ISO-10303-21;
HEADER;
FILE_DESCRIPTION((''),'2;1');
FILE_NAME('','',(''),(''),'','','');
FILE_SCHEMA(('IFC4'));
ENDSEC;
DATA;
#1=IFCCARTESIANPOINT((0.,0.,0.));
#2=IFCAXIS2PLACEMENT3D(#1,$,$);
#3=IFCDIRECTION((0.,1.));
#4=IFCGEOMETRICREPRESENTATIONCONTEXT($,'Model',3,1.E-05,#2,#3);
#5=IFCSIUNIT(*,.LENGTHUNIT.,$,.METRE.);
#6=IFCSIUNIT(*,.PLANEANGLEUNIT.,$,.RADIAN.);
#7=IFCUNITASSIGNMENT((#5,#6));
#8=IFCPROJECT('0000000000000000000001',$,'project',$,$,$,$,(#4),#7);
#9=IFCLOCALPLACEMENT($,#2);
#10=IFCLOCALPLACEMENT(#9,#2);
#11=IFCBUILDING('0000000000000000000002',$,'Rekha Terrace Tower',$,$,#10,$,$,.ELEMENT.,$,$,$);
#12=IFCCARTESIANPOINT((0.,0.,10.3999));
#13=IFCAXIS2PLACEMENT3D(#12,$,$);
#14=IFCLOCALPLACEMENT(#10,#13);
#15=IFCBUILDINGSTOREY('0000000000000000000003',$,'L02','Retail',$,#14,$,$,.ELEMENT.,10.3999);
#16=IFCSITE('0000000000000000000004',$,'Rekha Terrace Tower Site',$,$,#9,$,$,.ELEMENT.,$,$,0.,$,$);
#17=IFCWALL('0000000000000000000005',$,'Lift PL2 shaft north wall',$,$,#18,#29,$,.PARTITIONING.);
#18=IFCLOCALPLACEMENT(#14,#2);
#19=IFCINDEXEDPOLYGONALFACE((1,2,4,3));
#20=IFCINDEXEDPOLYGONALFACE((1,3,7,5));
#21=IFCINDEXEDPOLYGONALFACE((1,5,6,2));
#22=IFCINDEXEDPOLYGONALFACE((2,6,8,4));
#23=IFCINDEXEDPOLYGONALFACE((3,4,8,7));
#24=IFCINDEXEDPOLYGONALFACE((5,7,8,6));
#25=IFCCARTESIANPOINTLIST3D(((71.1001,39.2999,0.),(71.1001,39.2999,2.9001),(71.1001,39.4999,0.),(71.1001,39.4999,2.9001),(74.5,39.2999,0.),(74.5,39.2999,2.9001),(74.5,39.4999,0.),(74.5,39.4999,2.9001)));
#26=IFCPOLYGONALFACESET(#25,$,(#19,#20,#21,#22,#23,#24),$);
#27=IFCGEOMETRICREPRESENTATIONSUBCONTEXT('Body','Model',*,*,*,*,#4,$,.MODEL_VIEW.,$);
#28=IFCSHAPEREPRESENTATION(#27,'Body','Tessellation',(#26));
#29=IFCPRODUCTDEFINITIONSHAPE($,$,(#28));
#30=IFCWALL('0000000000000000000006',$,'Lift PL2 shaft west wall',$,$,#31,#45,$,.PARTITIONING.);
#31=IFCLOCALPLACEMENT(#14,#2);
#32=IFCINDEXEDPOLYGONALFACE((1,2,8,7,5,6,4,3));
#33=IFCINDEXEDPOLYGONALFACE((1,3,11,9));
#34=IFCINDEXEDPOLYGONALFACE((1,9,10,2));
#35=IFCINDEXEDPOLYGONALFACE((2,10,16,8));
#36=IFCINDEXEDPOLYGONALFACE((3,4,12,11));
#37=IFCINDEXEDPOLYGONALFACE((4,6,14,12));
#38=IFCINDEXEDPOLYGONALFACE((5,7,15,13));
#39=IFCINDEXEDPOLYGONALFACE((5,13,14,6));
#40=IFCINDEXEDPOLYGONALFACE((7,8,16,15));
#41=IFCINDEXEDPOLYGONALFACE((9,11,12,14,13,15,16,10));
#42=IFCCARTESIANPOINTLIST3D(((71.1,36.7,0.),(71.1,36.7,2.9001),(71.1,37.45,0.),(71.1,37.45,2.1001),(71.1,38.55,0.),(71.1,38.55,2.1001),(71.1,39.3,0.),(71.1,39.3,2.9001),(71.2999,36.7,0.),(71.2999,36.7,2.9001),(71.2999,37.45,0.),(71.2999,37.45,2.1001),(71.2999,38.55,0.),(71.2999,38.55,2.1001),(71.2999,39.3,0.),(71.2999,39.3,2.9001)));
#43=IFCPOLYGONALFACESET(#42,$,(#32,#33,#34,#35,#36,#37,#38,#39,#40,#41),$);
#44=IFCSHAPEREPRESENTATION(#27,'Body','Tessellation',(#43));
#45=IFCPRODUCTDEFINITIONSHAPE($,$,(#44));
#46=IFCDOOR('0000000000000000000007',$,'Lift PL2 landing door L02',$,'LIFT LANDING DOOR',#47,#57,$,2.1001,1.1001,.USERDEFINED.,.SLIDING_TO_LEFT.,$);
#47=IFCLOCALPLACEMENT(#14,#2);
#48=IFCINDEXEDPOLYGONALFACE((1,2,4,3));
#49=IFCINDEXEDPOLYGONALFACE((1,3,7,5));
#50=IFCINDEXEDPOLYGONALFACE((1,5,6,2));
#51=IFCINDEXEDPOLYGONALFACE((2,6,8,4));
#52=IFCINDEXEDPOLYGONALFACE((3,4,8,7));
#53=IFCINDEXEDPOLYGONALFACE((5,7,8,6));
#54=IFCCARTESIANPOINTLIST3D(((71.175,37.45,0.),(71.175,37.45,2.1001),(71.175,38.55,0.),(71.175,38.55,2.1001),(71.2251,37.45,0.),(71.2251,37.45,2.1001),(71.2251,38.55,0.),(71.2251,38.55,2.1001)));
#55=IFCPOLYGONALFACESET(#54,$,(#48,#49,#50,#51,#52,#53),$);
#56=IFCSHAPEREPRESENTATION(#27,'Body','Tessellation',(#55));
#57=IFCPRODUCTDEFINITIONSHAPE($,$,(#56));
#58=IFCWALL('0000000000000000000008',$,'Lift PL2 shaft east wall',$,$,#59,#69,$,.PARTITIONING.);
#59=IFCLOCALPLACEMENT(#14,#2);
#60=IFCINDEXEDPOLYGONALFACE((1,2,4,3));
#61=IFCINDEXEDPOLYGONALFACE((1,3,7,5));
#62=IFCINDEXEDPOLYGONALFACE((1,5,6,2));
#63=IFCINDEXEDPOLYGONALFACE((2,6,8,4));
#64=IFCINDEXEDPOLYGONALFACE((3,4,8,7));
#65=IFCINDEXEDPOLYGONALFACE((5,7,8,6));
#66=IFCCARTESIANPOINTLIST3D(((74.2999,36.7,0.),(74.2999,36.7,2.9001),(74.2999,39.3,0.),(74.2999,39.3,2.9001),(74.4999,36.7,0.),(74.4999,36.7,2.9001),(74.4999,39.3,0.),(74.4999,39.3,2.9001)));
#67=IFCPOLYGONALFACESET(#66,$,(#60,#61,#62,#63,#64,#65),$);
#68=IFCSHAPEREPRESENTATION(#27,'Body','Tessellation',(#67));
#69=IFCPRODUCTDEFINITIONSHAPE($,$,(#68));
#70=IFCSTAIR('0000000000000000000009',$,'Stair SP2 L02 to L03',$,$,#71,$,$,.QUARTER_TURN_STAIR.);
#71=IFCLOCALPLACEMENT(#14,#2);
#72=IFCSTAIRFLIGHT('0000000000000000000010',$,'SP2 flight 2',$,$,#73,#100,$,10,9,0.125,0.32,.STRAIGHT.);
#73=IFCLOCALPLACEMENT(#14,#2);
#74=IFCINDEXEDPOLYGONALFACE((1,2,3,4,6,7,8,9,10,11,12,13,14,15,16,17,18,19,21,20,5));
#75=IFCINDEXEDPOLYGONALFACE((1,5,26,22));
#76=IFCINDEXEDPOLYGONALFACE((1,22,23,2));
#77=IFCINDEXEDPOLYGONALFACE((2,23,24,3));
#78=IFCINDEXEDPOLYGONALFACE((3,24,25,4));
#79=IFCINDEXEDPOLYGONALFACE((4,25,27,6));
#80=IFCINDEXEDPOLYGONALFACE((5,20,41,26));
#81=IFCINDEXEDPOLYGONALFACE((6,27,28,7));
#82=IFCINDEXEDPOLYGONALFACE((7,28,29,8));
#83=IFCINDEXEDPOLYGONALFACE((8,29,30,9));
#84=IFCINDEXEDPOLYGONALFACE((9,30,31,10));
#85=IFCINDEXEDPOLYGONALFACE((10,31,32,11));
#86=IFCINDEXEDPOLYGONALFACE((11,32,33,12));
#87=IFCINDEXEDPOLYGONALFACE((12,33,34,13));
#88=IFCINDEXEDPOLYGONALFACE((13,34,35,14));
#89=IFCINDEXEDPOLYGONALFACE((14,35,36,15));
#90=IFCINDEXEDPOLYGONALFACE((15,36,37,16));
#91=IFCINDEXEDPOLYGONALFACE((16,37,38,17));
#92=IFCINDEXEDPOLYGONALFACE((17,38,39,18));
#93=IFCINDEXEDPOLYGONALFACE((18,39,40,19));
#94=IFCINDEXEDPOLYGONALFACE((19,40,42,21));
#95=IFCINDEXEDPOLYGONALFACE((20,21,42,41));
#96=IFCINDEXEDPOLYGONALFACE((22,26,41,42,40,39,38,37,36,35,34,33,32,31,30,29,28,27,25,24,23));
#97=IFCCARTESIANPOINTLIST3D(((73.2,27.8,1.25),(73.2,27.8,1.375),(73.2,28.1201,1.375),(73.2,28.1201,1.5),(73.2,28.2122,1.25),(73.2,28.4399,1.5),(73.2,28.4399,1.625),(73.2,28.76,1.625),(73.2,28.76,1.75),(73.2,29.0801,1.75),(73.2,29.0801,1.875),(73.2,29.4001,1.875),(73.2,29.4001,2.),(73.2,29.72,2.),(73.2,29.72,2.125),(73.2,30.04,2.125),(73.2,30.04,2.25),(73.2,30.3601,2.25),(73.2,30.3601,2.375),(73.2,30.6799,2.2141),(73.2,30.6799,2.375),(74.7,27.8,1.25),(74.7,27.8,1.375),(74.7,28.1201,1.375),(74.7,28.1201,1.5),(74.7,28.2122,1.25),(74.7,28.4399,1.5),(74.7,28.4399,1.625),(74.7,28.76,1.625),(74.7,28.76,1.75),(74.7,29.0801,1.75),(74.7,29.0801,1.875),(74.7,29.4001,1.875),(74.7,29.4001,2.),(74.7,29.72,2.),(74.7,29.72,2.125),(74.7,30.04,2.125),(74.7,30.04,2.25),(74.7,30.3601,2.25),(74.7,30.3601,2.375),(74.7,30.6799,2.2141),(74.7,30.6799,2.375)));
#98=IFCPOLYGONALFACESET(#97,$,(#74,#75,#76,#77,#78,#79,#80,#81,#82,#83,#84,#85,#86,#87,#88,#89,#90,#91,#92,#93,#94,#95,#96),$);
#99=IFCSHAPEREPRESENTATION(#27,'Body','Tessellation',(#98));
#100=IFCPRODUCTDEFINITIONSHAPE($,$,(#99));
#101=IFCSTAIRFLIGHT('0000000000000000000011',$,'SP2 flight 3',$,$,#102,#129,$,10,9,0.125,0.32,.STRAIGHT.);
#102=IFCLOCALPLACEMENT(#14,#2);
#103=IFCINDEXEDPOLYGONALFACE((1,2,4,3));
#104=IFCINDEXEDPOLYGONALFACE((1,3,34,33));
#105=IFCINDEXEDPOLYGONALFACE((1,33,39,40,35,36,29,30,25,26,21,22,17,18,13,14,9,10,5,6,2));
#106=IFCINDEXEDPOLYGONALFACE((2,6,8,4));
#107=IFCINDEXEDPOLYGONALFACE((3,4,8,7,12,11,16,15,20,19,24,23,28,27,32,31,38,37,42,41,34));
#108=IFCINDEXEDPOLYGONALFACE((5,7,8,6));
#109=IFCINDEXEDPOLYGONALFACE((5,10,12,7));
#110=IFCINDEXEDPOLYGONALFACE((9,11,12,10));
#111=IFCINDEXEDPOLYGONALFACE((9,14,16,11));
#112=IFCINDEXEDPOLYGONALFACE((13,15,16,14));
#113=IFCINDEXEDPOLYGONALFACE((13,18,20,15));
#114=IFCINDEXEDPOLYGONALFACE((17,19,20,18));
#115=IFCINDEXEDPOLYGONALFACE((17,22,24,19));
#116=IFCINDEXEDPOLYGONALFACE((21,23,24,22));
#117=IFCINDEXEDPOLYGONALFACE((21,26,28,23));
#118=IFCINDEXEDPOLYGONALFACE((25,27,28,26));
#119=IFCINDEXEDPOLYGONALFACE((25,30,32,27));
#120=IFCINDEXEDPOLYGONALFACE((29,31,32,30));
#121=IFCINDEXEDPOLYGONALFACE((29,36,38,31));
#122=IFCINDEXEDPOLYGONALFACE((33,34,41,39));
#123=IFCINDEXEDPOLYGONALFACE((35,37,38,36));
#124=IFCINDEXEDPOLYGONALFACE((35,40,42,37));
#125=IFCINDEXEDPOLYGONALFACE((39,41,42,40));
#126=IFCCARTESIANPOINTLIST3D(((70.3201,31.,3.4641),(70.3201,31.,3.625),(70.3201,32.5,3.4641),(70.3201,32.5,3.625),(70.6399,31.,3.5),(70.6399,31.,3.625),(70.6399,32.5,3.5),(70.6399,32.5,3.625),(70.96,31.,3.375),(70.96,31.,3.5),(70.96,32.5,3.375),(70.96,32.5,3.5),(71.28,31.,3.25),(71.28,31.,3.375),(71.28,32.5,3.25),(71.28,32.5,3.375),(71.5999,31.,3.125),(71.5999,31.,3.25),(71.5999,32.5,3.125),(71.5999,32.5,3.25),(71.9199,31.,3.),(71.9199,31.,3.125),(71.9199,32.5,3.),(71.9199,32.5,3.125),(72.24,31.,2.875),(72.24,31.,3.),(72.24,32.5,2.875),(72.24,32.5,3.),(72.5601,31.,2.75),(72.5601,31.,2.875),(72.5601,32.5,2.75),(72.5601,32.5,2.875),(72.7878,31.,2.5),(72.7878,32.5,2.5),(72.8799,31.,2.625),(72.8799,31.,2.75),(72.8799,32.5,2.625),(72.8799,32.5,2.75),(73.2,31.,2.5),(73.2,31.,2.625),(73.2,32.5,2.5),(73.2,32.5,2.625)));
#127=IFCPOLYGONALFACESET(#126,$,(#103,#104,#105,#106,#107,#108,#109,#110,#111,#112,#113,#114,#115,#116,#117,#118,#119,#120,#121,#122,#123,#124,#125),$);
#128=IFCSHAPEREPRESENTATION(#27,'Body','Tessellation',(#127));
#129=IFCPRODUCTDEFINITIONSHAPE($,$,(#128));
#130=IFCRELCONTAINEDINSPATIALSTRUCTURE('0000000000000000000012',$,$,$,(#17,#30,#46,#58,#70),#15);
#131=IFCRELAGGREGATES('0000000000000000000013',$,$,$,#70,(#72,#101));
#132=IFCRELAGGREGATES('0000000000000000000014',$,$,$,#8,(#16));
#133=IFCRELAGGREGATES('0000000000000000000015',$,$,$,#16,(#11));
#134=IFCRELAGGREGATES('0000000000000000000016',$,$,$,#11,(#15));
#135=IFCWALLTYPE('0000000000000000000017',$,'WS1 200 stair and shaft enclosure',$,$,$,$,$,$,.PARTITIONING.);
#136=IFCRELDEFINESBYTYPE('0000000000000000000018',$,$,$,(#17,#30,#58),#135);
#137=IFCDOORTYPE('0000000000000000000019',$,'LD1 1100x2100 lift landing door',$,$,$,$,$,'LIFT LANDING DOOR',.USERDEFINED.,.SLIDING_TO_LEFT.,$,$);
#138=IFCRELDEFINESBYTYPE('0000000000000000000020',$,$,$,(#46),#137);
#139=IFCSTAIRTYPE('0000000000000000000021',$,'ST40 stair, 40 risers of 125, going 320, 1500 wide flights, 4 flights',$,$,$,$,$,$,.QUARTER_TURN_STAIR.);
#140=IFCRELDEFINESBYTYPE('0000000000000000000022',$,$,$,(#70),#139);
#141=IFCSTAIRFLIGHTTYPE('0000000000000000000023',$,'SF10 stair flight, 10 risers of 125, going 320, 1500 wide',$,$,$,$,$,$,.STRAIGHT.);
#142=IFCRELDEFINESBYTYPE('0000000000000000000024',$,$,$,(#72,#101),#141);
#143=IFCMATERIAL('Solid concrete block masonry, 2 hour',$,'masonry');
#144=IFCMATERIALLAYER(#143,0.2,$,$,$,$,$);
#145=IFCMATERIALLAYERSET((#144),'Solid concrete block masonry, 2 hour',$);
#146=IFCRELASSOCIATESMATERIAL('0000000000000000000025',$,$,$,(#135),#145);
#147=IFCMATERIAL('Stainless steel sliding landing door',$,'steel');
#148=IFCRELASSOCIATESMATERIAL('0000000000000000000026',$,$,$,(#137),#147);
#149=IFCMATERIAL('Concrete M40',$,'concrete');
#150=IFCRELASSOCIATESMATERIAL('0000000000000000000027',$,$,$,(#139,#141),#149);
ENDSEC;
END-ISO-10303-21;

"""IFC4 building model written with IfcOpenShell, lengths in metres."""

from ifc_helpers import new_model, si_unit, direction, frame, frame_2d, origin, place, context, subcontext, project, spatial, polyline, rectangle, outline, extrude, material, layer, layer_set, type_object, element, fill, aggregate, save


model = new_model("IFC4")

# Units and contexts
model_context = context("Model", 3, precision=1e-05, world=origin(), true_north=direction((0.0, 1.0)))
body_context = subcontext(model_context, "Body", "Model", "MODEL_VIEW")
ifc_project = project(units=[si_unit("LENGTHUNIT", "METRE"), si_unit("PLANEANGLEUNIT", "RADIAN")], contexts=[model_context])

# Site, building, storey
site_placement = place(None, origin())
site = spatial("IfcSite", under=ifc_project, at=site_placement, Name="Rekha Terrace Tower Site", CompositionType="ELEMENT", RefElevation=0.0)
building_placement = place(site_placement, origin())
building = spatial("IfcBuilding", under=site, at=building_placement, Name="Rekha Terrace Tower", CompositionType="ELEMENT")
storey_placement = place(building_placement, frame((0.0, 0.0, 10.3999)))
storey = spatial("IfcBuildingStorey", under=building, at=storey_placement, Name="L02", Description="Retail", CompositionType="ELEMENT", Elevation=10.3999)

# Wall
ifc_material_1 = material(Name="Solid concrete block masonry, 2 hour", Category="masonry")
ifc_layer_1 = layer(ifc_material_1, 0.2)
ifc_layer_set_1 = layer_set([ifc_layer_1], Name="Solid concrete block masonry, 2 hour")
wall_type = type_object("IfcWallType", Name="WS1 200 stair and shaft enclosure", PredefinedType="PARTITIONING", material=ifc_layer_set_1)
wall_1_placement = place(storey_placement, frame((71.1001, 39.3999, 0.0), z_axis=(0.0, 0.0, 1.0), x_axis=(1.0, 0.0, 0.0)))
element("IfcWall", 1, at=wall_1_placement, inside=storey, type_object=wall_type, Name="Lift PL2 shaft north wall", PredefinedType="PARTITIONING", context=body_context, shape_type="SweptSolid", body=[
    extrude(rectangle(XDim=3.3999, YDim=0.2, at=frame_2d((1.7, 0.0))), origin(), (0.0, 0.0, 1.0), 2.9001),
])

# Wall, opening, door
wall_2_placement = place(storey_placement, frame((71.2, 36.7, 0.0), z_axis=(0.0, 0.0, 1.0), x_axis=(0.0, 1.0, 0.0)))
wall_2 = element("IfcWall", 2, at=wall_2_placement, inside=storey, type_object=wall_type, Name="Lift PL2 shaft west wall", PredefinedType="PARTITIONING", context=body_context, shape_type="SweptSolid", body=[
    extrude(rectangle(XDim=2.6001, YDim=0.2, at=frame_2d((1.3, 0.0))), origin(), (0.0, 0.0, 1.0), 2.9001),
])
opening_placement = place(wall_2_placement, frame((0.75, 0.0, 0.0)))
opening = element("IfcOpeningElement", 3, at=opening_placement, cuts=wall_2, PredefinedType="OPENING", context=body_context, shape_type="SweptSolid", body=[
    extrude(rectangle(XDim=1.1001, YDim=2.1001, at=frame_2d((0.55, 1.05))), frame((0.0, 0.1099, 0.0), z_axis=(0.0, -1.0, 0.0), x_axis=(1.0, 0.0, 0.0)), (0.0, 0.0, 1.0), 0.22),
])
ifc_material_2 = material(Name="Stainless steel sliding landing door", Category="steel")
door_type = type_object("IfcDoorType", Name="LD1 1100x2100 lift landing door", ElementType="LIFT LANDING DOOR", OperationType="SLIDING_TO_LEFT", PredefinedType="USERDEFINED", material=ifc_material_2)
door_placement = place(opening_placement, origin())
door = element("IfcDoor", 4, at=door_placement, inside=storey, type_object=door_type, Name="Lift PL2 landing door L02", ObjectType="LIFT LANDING DOOR", OperationType="SLIDING_TO_LEFT", OverallHeight=2.1001, OverallWidth=1.1001, PredefinedType="USERDEFINED", context=body_context, shape_type="SweptSolid", body=[
    extrude(rectangle(XDim=1.1001, YDim=2.1001, at=frame_2d((0.55, 1.05))), frame((0.0, 0.0249, 0.0), z_axis=(0.0, -1.0, 0.0), x_axis=(1.0, 0.0, 0.0)), (0.0, 0.0, 1.0), 0.05),
])
fill(opening, door)

# Wall
wall_3_placement = place(storey_placement, frame((74.3999, 36.7, 0.0), z_axis=(0.0, 0.0, 1.0), x_axis=(0.0, 1.0, 0.0)))
element("IfcWall", 5, at=wall_3_placement, inside=storey, type_object=wall_type, Name="Lift PL2 shaft east wall", PredefinedType="PARTITIONING", context=body_context, shape_type="SweptSolid", body=[
    extrude(rectangle(XDim=2.6001, YDim=0.2, at=frame_2d((1.3, 0.0))), origin(), (0.0, 0.0, 1.0), 2.9001),
])

# Stair, stair flights
ifc_material_3 = material(Name="Concrete M40", Category="concrete")
stair_type = type_object("IfcStairType", Name="ST40 stair, 40 risers of 125, going 320, 1500 wide flights, 4 flights", PredefinedType="QUARTER_TURN_STAIR", material=ifc_material_3)
stair_placement = place(storey_placement, origin())
stair = element("IfcStair", 6, at=stair_placement, inside=storey, type_object=stair_type, Name="Stair SP2 L02 to L03", PredefinedType="QUARTER_TURN_STAIR")
stair_flight_type = type_object("IfcStairFlightType", Name="SF10 stair flight, 10 risers of 125, going 320, 1500 wide", PredefinedType="STRAIGHT", material=ifc_material_3)
stair_flight_1_placement = place(storey_placement, frame((73.95, 27.8, 1.25), z_axis=(0.0, 0.0, 1.0), x_axis=(0.0, 1.0, 0.0)))
stair_flight_1 = element("IfcStairFlight", 7, at=stair_flight_1_placement, type_object=stair_flight_type, Name="SP2 flight 2", NumberOfRisers=10, NumberOfTreads=9, PredefinedType="STRAIGHT", RiserHeight=0.125, TreadLength=0.32, context=body_context, shape_type="SweptSolid", body=[
    extrude(outline(polyline([(0.0, 0.0), (0.0, 0.125), (0.3201, 0.125), (0.3201, 0.25), (0.6399, 0.25), (0.6399, 0.375), (0.96, 0.375), (0.96, 0.5), (1.28, 0.5), (1.28, 0.625), (1.6001, 0.625), (1.6001, 0.75), (1.9199, 0.75), (1.9199, 0.875), (2.24, 0.875), (2.24, 1.0), (2.5601, 1.0), (2.5601, 1.125), (2.8799, 1.125), (2.8799, 1.25), (2.8799, 0.9641), (0.4121, 0.0), (0.0, 0.0)])), frame((0.0, 0.75, 0.0), z_axis=(0.0, -1.0, 0.0), x_axis=(1.0, 0.0, 0.0)), (0.0, 0.0, 1.0), 1.5),
])
stair_flight_2_placement = place(storey_placement, frame((73.2, 31.75, 2.5), z_axis=(0.0, 0.0, 1.0), x_axis=(-1.0, 0.0, 0.0)))
stair_flight_2 = element("IfcStairFlight", 8, at=stair_flight_2_placement, type_object=stair_flight_type, Name="SP2 flight 3", NumberOfRisers=10, NumberOfTreads=9, PredefinedType="STRAIGHT", RiserHeight=0.125, TreadLength=0.32, context=body_context, shape_type="SweptSolid", body=[
    extrude(outline(polyline([(0.0, 0.0), (0.0, 0.125), (0.3201, 0.125), (0.3201, 0.25), (0.6399, 0.25), (0.6399, 0.375), (0.96, 0.375), (0.96, 0.5), (1.28, 0.5), (1.28, 0.625), (1.6001, 0.625), (1.6001, 0.75), (1.9199, 0.75), (1.9199, 0.875), (2.24, 0.875), (2.24, 1.0), (2.5601, 1.0), (2.5601, 1.125), (2.8799, 1.125), (2.8799, 1.25), (2.8799, 0.9641), (0.4121, 0.0), (0.0, 0.0)])), frame((0.0, 0.75, 0.0), z_axis=(0.0, -1.0, 0.0), x_axis=(1.0, 0.0, 0.0)), (0.0, 0.0, 1.0), 1.5),
])
aggregate(stair, [stair_flight_1, stair_flight_2])

save(model, "model.ifc")
